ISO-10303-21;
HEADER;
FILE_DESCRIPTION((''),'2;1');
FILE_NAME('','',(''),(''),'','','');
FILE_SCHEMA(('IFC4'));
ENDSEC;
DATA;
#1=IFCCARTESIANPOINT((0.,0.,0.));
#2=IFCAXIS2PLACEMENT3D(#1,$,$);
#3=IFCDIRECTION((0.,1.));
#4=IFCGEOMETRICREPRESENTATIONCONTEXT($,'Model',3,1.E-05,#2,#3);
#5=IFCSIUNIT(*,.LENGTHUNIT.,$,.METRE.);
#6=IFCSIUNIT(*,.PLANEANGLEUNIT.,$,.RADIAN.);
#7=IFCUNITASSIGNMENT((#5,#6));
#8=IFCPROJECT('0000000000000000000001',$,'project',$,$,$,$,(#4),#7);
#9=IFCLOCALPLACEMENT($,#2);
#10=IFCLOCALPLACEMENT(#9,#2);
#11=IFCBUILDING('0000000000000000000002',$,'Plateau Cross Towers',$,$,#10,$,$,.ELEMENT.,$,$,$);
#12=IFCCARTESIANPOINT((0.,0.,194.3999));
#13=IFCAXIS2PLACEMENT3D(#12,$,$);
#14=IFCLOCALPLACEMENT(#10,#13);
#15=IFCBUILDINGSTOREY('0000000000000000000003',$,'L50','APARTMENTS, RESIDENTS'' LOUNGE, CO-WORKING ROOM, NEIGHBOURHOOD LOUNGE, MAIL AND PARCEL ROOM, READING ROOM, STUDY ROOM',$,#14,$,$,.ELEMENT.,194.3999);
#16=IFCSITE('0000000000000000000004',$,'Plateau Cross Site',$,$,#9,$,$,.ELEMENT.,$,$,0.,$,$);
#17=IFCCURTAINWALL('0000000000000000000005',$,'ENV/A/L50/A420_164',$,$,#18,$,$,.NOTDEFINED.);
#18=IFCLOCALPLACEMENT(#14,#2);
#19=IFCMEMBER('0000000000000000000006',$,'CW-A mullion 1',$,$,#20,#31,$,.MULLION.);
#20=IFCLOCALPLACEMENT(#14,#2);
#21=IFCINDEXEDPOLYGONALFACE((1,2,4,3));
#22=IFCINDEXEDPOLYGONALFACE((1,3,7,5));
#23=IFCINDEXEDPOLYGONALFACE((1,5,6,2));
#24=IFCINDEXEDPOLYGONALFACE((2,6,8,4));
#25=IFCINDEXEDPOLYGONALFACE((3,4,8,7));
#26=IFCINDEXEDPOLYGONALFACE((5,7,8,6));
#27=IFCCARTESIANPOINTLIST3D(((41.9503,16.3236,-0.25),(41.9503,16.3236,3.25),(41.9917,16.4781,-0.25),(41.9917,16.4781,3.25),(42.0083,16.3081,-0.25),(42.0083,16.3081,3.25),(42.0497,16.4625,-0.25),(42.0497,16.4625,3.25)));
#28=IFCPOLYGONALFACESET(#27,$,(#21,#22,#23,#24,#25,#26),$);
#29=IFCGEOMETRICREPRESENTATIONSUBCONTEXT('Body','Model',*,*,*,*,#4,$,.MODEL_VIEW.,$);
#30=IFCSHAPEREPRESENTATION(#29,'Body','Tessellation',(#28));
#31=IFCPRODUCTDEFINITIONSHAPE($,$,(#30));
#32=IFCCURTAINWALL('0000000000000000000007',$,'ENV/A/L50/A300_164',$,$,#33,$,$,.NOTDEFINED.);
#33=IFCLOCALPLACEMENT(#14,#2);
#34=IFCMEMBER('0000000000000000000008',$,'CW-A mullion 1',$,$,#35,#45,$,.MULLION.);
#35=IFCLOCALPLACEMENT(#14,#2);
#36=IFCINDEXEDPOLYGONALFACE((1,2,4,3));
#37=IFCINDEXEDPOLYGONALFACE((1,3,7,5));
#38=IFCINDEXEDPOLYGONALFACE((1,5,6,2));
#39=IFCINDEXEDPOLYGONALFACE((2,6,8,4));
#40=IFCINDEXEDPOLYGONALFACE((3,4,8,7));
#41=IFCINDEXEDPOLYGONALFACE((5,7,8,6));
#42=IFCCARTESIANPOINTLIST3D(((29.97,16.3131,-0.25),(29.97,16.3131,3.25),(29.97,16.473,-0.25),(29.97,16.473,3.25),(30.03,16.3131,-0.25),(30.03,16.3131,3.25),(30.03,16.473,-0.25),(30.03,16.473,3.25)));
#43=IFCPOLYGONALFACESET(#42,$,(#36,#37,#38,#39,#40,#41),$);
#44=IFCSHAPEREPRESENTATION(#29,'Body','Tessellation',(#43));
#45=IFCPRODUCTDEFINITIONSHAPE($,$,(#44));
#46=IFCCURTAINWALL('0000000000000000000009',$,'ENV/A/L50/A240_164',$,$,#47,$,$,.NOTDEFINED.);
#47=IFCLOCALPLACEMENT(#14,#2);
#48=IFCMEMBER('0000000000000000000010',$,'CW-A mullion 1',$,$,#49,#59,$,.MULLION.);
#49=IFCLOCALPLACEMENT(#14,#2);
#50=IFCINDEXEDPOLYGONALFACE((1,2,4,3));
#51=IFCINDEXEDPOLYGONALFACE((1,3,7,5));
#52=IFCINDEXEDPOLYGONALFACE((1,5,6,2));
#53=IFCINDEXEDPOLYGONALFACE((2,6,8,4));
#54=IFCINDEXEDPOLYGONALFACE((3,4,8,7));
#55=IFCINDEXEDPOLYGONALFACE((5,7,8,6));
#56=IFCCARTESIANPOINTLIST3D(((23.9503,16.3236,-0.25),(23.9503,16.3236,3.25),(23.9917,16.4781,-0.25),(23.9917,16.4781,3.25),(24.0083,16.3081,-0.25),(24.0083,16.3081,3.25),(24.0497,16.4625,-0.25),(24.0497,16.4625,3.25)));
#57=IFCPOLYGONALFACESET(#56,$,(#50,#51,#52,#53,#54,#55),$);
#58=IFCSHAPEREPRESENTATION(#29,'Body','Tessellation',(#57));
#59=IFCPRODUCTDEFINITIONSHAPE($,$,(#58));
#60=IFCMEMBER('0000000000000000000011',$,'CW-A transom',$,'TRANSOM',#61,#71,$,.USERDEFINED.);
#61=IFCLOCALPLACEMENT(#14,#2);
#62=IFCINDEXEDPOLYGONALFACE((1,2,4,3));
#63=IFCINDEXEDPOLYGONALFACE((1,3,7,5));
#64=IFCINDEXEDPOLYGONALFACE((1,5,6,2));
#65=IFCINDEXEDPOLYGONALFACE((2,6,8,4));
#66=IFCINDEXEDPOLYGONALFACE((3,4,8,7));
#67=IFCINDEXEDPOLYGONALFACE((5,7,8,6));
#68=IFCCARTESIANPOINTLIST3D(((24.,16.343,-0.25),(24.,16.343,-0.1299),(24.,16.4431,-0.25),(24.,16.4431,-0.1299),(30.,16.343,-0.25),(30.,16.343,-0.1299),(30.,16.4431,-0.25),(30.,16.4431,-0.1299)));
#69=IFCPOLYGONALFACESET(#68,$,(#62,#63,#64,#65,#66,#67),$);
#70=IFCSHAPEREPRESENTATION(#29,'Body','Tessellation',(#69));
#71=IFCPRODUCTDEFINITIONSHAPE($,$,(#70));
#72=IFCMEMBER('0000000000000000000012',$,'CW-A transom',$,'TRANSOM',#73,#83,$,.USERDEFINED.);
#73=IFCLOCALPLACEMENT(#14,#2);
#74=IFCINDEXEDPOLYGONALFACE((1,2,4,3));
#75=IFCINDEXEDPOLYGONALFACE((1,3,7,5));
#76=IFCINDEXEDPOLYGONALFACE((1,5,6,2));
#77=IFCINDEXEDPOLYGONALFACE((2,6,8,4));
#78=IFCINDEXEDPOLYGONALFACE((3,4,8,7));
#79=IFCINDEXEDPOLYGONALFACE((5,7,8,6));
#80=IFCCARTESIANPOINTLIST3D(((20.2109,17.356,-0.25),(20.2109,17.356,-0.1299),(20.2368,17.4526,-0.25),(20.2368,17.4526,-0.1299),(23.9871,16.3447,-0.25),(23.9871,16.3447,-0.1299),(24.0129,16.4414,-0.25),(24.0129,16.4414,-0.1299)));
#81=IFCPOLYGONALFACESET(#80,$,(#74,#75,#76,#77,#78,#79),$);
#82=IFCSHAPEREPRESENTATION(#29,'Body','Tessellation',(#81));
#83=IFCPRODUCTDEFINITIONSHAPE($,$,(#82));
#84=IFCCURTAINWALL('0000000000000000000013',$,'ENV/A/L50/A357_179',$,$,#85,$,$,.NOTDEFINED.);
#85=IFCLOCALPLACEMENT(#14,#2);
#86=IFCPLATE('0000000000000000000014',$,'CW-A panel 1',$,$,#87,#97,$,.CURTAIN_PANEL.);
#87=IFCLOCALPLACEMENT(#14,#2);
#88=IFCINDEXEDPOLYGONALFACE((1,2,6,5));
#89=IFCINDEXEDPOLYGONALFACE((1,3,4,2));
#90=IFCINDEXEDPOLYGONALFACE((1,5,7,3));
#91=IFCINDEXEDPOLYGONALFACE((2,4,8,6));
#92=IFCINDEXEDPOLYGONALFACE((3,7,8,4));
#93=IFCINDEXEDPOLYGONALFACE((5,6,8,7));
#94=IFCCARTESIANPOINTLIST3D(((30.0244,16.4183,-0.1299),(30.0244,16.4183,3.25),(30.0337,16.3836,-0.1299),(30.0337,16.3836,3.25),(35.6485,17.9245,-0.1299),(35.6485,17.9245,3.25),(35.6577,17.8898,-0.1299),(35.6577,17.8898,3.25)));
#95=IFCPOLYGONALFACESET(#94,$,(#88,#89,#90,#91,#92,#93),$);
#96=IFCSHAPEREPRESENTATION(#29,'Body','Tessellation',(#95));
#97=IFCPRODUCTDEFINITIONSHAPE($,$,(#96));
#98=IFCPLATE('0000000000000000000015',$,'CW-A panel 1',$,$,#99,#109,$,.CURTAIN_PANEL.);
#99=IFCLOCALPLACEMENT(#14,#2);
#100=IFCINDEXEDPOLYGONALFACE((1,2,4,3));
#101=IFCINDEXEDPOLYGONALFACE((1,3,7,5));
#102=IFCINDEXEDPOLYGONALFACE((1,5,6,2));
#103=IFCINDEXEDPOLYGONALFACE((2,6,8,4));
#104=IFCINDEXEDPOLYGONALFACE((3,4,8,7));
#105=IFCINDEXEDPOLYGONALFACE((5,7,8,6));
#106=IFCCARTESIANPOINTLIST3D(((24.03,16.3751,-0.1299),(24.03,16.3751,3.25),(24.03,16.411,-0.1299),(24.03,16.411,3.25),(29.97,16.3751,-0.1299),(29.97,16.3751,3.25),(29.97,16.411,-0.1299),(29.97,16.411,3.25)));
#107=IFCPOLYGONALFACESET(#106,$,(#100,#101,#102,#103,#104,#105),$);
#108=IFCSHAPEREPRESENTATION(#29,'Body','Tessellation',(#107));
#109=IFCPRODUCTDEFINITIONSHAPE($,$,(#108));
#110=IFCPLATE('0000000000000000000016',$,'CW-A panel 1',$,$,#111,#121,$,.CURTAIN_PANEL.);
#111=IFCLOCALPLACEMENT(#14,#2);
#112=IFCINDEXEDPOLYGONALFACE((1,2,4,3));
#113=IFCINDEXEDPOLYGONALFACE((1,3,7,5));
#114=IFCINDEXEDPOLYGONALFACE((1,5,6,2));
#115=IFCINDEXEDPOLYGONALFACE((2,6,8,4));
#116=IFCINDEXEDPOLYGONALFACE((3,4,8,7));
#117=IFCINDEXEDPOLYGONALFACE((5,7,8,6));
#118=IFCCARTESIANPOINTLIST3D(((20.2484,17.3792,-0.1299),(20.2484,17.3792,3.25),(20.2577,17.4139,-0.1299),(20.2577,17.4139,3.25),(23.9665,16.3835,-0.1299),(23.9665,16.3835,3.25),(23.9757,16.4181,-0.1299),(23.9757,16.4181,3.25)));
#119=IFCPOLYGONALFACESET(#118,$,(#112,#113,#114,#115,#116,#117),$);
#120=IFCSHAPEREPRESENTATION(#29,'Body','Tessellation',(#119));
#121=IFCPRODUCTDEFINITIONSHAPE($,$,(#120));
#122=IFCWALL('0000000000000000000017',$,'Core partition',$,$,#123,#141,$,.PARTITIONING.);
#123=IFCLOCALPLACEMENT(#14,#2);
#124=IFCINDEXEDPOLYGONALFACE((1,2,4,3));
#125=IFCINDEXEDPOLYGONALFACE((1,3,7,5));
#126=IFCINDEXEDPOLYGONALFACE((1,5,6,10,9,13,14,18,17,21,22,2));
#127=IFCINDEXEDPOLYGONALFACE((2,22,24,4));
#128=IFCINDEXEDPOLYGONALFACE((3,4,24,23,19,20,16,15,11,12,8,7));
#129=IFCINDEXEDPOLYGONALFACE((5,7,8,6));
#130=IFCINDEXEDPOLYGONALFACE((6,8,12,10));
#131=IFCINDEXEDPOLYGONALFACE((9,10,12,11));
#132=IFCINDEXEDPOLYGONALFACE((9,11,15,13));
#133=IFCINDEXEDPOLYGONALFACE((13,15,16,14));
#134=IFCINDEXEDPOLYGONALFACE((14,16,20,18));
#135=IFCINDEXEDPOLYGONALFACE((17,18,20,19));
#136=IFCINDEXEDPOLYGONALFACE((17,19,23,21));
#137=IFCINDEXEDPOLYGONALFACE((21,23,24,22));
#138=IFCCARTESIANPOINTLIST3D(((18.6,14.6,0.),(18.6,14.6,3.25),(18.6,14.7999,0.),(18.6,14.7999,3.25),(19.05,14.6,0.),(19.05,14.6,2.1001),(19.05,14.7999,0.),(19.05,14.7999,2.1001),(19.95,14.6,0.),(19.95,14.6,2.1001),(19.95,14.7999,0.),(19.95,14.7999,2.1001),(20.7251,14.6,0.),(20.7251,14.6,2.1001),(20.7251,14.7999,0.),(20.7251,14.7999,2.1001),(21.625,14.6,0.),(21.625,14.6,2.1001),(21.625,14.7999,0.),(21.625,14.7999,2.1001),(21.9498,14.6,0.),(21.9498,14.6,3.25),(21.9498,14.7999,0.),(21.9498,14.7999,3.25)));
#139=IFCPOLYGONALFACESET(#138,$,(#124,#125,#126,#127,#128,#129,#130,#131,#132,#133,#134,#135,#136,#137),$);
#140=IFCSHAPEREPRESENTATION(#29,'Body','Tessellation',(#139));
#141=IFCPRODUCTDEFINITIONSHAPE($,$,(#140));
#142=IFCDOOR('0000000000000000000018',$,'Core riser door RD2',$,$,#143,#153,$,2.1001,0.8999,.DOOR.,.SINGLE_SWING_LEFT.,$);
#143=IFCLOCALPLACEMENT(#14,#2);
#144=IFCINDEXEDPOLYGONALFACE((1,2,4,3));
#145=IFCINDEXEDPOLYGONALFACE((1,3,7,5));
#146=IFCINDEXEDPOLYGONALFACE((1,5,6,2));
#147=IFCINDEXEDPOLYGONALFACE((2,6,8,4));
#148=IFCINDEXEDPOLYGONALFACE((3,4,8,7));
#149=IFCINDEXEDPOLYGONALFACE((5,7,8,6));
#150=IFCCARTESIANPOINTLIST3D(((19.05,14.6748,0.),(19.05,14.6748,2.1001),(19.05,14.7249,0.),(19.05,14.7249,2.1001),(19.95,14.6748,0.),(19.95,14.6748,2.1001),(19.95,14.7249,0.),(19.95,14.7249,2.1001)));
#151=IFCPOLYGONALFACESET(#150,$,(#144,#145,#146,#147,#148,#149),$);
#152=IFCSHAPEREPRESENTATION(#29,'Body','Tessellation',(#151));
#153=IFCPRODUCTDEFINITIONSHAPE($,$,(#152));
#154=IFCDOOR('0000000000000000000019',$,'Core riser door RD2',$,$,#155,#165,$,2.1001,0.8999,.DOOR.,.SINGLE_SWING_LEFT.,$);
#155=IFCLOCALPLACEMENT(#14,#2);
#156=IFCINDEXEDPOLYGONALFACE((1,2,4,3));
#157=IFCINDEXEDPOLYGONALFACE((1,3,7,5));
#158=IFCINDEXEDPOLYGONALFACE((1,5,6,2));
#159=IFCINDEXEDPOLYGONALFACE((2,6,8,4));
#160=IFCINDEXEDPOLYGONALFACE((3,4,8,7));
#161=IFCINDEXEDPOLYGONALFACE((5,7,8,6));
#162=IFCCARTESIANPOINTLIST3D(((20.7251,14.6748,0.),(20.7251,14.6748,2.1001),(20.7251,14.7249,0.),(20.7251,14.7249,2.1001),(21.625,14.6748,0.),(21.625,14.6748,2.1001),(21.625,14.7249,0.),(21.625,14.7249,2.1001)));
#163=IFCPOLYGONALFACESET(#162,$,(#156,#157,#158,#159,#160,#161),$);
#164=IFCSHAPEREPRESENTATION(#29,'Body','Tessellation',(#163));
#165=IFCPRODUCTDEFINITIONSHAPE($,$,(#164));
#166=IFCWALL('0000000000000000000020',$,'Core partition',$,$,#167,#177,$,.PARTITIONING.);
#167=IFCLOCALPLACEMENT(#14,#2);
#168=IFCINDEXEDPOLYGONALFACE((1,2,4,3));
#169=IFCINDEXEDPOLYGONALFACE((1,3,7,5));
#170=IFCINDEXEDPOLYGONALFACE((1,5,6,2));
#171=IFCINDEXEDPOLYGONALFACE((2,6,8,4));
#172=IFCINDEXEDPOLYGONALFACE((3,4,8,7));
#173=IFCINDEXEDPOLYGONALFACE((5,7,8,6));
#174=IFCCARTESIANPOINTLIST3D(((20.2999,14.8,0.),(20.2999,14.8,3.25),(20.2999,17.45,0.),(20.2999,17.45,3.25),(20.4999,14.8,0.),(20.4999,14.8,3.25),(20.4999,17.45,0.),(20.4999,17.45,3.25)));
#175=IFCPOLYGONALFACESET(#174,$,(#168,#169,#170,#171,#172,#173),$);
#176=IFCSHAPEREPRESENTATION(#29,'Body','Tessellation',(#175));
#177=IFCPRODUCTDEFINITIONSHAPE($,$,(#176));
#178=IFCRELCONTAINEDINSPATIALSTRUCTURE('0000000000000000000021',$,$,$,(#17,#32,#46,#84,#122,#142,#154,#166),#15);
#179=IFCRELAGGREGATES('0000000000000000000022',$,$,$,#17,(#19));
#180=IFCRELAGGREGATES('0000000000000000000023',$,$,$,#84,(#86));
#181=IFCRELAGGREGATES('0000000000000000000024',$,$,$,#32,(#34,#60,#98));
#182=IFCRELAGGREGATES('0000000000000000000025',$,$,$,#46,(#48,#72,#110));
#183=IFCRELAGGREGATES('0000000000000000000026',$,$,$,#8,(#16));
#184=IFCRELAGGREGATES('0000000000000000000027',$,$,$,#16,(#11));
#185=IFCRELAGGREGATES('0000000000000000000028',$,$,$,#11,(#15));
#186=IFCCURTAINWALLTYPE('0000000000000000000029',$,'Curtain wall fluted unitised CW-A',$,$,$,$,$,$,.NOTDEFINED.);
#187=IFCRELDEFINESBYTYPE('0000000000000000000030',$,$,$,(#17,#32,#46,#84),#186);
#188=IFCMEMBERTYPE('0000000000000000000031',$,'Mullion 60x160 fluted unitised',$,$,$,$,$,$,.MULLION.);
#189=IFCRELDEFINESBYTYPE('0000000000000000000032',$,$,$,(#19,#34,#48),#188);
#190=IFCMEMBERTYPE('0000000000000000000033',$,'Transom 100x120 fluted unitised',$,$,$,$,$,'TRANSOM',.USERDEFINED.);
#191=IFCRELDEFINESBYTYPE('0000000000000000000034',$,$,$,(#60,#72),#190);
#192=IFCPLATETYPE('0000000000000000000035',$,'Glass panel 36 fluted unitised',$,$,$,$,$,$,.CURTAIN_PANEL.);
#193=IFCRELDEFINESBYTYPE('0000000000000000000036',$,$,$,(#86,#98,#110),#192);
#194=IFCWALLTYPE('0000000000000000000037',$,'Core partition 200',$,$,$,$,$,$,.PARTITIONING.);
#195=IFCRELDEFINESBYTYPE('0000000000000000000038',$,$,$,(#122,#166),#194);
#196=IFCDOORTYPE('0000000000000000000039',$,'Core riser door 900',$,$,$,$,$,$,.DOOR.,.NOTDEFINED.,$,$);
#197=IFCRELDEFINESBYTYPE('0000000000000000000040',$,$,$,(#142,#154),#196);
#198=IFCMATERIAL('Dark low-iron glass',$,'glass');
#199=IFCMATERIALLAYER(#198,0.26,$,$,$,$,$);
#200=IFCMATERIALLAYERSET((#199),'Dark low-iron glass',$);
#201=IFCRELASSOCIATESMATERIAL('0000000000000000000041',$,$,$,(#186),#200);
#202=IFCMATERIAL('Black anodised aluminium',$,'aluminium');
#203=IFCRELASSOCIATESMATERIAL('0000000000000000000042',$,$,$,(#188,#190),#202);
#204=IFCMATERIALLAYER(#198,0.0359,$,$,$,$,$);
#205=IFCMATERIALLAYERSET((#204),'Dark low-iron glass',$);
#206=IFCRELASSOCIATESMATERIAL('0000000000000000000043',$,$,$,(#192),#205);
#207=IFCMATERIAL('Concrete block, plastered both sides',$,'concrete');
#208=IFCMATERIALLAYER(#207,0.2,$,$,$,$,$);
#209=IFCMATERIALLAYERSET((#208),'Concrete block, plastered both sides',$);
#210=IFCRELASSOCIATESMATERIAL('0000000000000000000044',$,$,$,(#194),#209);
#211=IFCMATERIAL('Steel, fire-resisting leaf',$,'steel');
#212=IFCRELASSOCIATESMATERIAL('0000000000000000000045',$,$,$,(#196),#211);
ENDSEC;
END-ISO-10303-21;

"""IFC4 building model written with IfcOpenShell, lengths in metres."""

from ifc_helpers import new_model, si_unit, direction, frame, frame_2d, origin, origin_2d, place, context, subcontext, project, spatial, rectangle, extrude, material, layer, layer_set, material_profile, profile_set, type_object, element, fill, aggregate, save


model = new_model("IFC4")

# Units and contexts
model_context = context("Model", 3, precision=1e-05, world=origin(), true_north=direction((0.0, 1.0)))
body_context = subcontext(model_context, "Body", "Model", "MODEL_VIEW")
ifc_project = project(units=[si_unit("LENGTHUNIT", "METRE"), si_unit("PLANEANGLEUNIT", "RADIAN")], contexts=[model_context])

# Site, building, storey
site_placement = place(None, origin())
site = spatial("IfcSite", under=ifc_project, at=site_placement, Name="Plateau Cross Site", CompositionType="ELEMENT", RefElevation=0.0)
building_placement = place(site_placement, origin())
building = spatial("IfcBuilding", under=site, at=building_placement, Name="Plateau Cross Towers", CompositionType="ELEMENT")
storey_placement = place(building_placement, frame((0.0, 0.0, 194.3999)))
storey = spatial("IfcBuildingStorey", under=building, at=storey_placement, Name="L50", Description="APARTMENTS, RESIDENTS' LOUNGE, CO-WORKING ROOM, NEIGHBOURHOOD LOUNGE, MAIL AND PARCEL ROOM, READING ROOM, STUDY ROOM", CompositionType="ELEMENT", Elevation=194.3999)

# Curtain walls, members
ifc_material_1 = material(Name="Dark low-iron glass", Category="glass")
ifc_layer_1 = layer(ifc_material_1, 0.26)
ifc_layer_set_1 = layer_set([ifc_layer_1], Name="Dark low-iron glass")
curtain_wall_type = type_object("IfcCurtainWallType", Name="Curtain wall fluted unitised CW-A", PredefinedType="NOTDEFINED", material=ifc_layer_set_1)
curtain_wall_1_placement = place(storey_placement, origin())
curtain_wall_1 = element("IfcCurtainWall", 1, at=curtain_wall_1_placement, inside=storey, type_object=curtain_wall_type, Name="ENV/A/L50/A420_164", PredefinedType="NOTDEFINED")
ifc_material_2 = material(Name="Black anodised aluminium", Category="aluminium")
ifc_material_profile_1 = material_profile(ifc_material_2, rectangle(XDim=0.0601, YDim=0.1599, at=origin_2d()), Name="MULLION 60x160")
ifc_profile_set_1 = profile_set([ifc_material_profile_1], Name="Black anodised aluminium")
member_type_1 = type_object("IfcMemberType", Name="Mullion 60x160 fluted unitised", PredefinedType="MULLION", material=ifc_profile_set_1)
member_1_placement = place(storey_placement, frame((42.0, 16.3931, -0.25), z_axis=(0.0, 0.0, 1.0), x_axis=(-0.965958, 0.258699, 0.0)))
member_1 = element("IfcMember", 2, at=member_1_placement, type_object=member_type_1, Name="CW-A mullion 1", PredefinedType="MULLION", context=body_context, shape_type="SweptSolid", body=[
    extrude(rectangle(XDim=0.0601, YDim=0.1599, at=origin_2d()), origin(), (0.0, 0.0, 1.0), 3.5),
])
aggregate(curtain_wall_1, [member_1])
curtain_wall_2_placement = place(storey_placement, origin())
curtain_wall_2 = element("IfcCurtainWall", 3, at=curtain_wall_2_placement, inside=storey, type_object=curtain_wall_type, Name="ENV/A/L50/A300_164", PredefinedType="NOTDEFINED")
member_2_placement = place(storey_placement, frame((30.0, 16.3931, -0.25), z_axis=(0.0, 0.0, 1.0), x_axis=(-1.0, 0.0, 0.0)))
member_2 = element("IfcMember", 4, at=member_2_placement, type_object=member_type_1, Name="CW-A mullion 1", PredefinedType="MULLION", context=body_context, shape_type="SweptSolid", body=[
    extrude(rectangle(XDim=0.0601, YDim=0.1599, at=origin_2d()), origin(), (0.0, 0.0, 1.0), 3.5),
])
curtain_wall_3_placement = place(storey_placement, origin())
curtain_wall_3 = element("IfcCurtainWall", 5, at=curtain_wall_3_placement, inside=storey, type_object=curtain_wall_type, Name="ENV/A/L50/A240_164", PredefinedType="NOTDEFINED")
member_3_placement = place(storey_placement, frame((24.0, 16.3931, -0.25), z_axis=(0.0, 0.0, 1.0), x_axis=(-0.965958, 0.258699, 0.0)))
member_3 = element("IfcMember", 6, at=member_3_placement, type_object=member_type_1, Name="CW-A mullion 1", PredefinedType="MULLION", context=body_context, shape_type="SweptSolid", body=[
    extrude(rectangle(XDim=0.0601, YDim=0.1599, at=origin_2d()), origin(), (0.0, 0.0, 1.0), 3.5),
])

# Members
ifc_material_profile_2 = material_profile(ifc_material_2, rectangle(XDim=0.1001, YDim=0.1201, at=origin_2d()), Name="TRANSOM 100x120")
ifc_profile_set_2 = profile_set([ifc_material_profile_2], Name="Black anodised aluminium")
member_type_2 = type_object("IfcMemberType", Name="Transom 100x120 fluted unitised", ElementType="TRANSOM", PredefinedType="USERDEFINED", material=ifc_profile_set_2)
member_4_placement = place(storey_placement, frame((30.0, 16.3931, -0.1899), z_axis=(-1.0, 0.0, 0.0), x_axis=(0.0, -1.0, 0.0)))
member_4 = element("IfcMember", 7, at=member_4_placement, type_object=member_type_2, Name="CW-A transom", ObjectType="TRANSOM", PredefinedType="USERDEFINED", context=body_context, shape_type="SweptSolid", body=[
    extrude(rectangle(XDim=0.1001, YDim=0.1201, at=origin_2d()), origin(), (0.0, 0.0, 1.0), 6.0),
])
member_5_placement = place(storey_placement, frame((24.0, 16.3931, -0.1899), z_axis=(-0.965963, 0.258681, 0.0), x_axis=(-0.258681, -0.965963, 0.0)))
member_5 = element("IfcMember", 8, at=member_5_placement, type_object=member_type_2, Name="CW-A transom", ObjectType="TRANSOM", PredefinedType="USERDEFINED", context=body_context, shape_type="SweptSolid", body=[
    extrude(rectangle(XDim=0.1001, YDim=0.1201, at=origin_2d()), origin(), (0.0, 0.0, 1.0), 3.9092),
])

# Curtain wall, plate
curtain_wall_4_placement = place(storey_placement, origin())
curtain_wall_4 = element("IfcCurtainWall", 9, at=curtain_wall_4_placement, inside=storey, type_object=curtain_wall_type, Name="ENV/A/L50/A357_179", PredefinedType="NOTDEFINED")
ifc_layer_2 = layer(ifc_material_1, 0.0359)
ifc_layer_set_2 = layer_set([ifc_layer_2], Name="Dark low-iron glass")
plate_type = type_object("IfcPlateType", Name="Glass panel 36 fluted unitised", PredefinedType="CURTAIN_PANEL", material=ifc_layer_set_2)
plate_1_placement = place(storey_placement, frame((32.8411, 17.1541, -0.1299), z_axis=(0.0, 0.0, 1.0), x_axis=(-0.965958, -0.258699, 0.0)))
plate_1 = element("IfcPlate", 10, at=plate_1_placement, type_object=plate_type, Name="CW-A panel 1", PredefinedType="CURTAIN_PANEL", context=body_context, shape_type="SweptSolid", body=[
    extrude(rectangle(XDim=5.8223, YDim=0.0359, at=origin_2d()), origin(), (0.0, 0.0, 1.0), 3.3799),
])
aggregate(curtain_wall_4, [plate_1])

# Plates
plate_2_placement = place(storey_placement, frame((27.0, 16.3931, -0.1299), z_axis=(0.0, 0.0, 1.0), x_axis=(-1.0, 0.0, 0.0)))
plate_2 = element("IfcPlate", 11, at=plate_2_placement, type_object=plate_type, Name="CW-A panel 1", PredefinedType="CURTAIN_PANEL", context=body_context, shape_type="SweptSolid", body=[
    extrude(rectangle(XDim=5.9399, YDim=0.0359, at=origin_2d()), origin(), (0.0, 0.0, 1.0), 3.3799),
])
aggregate(curtain_wall_2, [member_2, member_4, plate_2])
plate_3_placement = place(storey_placement, frame((22.1121, 16.8987, -0.1299), z_axis=(0.0, 0.0, 1.0), x_axis=(-0.965958, 0.258699, 0.0)))
plate_3 = element("IfcPlate", 12, at=plate_3_placement, type_object=plate_type, Name="CW-A panel 1", PredefinedType="CURTAIN_PANEL", context=body_context, shape_type="SweptSolid", body=[
    extrude(rectangle(XDim=3.8491, YDim=0.0359, at=origin_2d()), origin(), (0.0, 0.0, 1.0), 3.3799),
])
aggregate(curtain_wall_3, [member_3, member_5, plate_3])

# Wall, openings, doors
ifc_material_3 = material(Name="Concrete block, plastered both sides", Category="concrete")
ifc_layer_3 = layer(ifc_material_3, 0.2)
ifc_layer_set_3 = layer_set([ifc_layer_3], Name="Concrete block, plastered both sides")
wall_type_1 = type_object("IfcWallType", Name="Core partition 200", PredefinedType="PARTITIONING", material=ifc_layer_set_3)
wall_1_placement = place(storey_placement, frame((18.6001, 14.7, 0.0), z_axis=(0.0, 0.0, 1.0), x_axis=(1.0, 0.0, 0.0)))
wall_1 = element("IfcWall", 13, at=wall_1_placement, inside=storey, type_object=wall_type_1, Name="Core partition", PredefinedType="PARTITIONING", context=body_context, shape_type="SweptSolid", body=[
    extrude(rectangle(XDim=3.3499, YDim=0.2, at=frame_2d((1.6748, 0.0))), origin(), (0.0, 0.0, 1.0), 3.25),
])
opening_1_placement = place(wall_1_placement, frame((0.45, 0.0, 0.0)))
opening_1 = element("IfcOpeningElement", 14, at=opening_1_placement, cuts=wall_1, PredefinedType="OPENING", context=body_context, shape_type="SweptSolid", body=[
    extrude(rectangle(XDim=0.8999, YDim=2.1001, at=frame_2d((0.45, 1.05))), frame((0.0, 0.1099, 0.0), z_axis=(0.0, -1.0, 0.0), x_axis=(1.0, 0.0, 0.0)), (0.0, 0.0, 1.0), 0.22),
])
opening_2_placement = place(wall_1_placement, frame((2.125, 0.0, 0.0)))
opening_2 = element("IfcOpeningElement", 15, at=opening_2_placement, cuts=wall_1, PredefinedType="OPENING", context=body_context, shape_type="SweptSolid", body=[
    extrude(rectangle(XDim=0.8999, YDim=2.1001, at=frame_2d((0.45, 1.05))), frame((0.0, 0.1099, 0.0), z_axis=(0.0, -1.0, 0.0), x_axis=(1.0, 0.0, 0.0)), (0.0, 0.0, 1.0), 0.22),
])
ifc_material_4 = material(Name="Steel, fire-resisting leaf", Category="steel")
door_type_1 = type_object("IfcDoorType", Name="Core riser door 900", OperationType="NOTDEFINED", PredefinedType="DOOR", material=ifc_material_4)
door_1_placement = place(opening_1_placement, origin())
door_1 = element("IfcDoor", 16, at=door_1_placement, inside=storey, type_object=door_type_1, Name="Core riser door RD2", OperationType="SINGLE_SWING_LEFT", OverallHeight=2.1001, OverallWidth=0.8999, PredefinedType="DOOR", context=body_context, shape_type="SweptSolid", body=[
    extrude(rectangle(XDim=0.8999, YDim=2.1001, at=frame_2d((0.45, 1.05))), frame((0.0, 0.0249, 0.0), z_axis=(0.0, -1.0, 0.0), x_axis=(1.0, 0.0, 0.0)), (0.0, 0.0, 1.0), 0.05),
])
fill(opening_1, door_1)
door_2_placement = place(opening_2_placement, origin())
door_2 = element("IfcDoor", 17, at=door_2_placement, inside=storey, type_object=door_type_1, Name="Core riser door RD2", OperationType="SINGLE_SWING_LEFT", OverallHeight=2.1001, OverallWidth=0.8999, PredefinedType="DOOR", context=body_context, shape_type="SweptSolid", body=[
    extrude(rectangle(XDim=0.8999, YDim=2.1001, at=frame_2d((0.45, 1.05))), frame((0.0, 0.0249, 0.0), z_axis=(0.0, -1.0, 0.0), x_axis=(1.0, 0.0, 0.0)), (0.0, 0.0, 1.0), 0.05),
])
fill(opening_2, door_2)

# Wall
wall_2_placement = place(storey_placement, frame((20.3999, 14.8, 0.0), z_axis=(0.0, 0.0, 1.0), x_axis=(0.0, 1.0, 0.0)))
element("IfcWall", 18, at=wall_2_placement, inside=storey, type_object=wall_type_1, Name="Core partition", PredefinedType="PARTITIONING", context=body_context, shape_type="SweptSolid", body=[
    extrude(rectangle(XDim=2.6499, YDim=0.2, at=frame_2d((1.325, 0.0))), origin(), (0.0, 0.0, 1.0), 3.25),
])

save(model, "model.ifc")
